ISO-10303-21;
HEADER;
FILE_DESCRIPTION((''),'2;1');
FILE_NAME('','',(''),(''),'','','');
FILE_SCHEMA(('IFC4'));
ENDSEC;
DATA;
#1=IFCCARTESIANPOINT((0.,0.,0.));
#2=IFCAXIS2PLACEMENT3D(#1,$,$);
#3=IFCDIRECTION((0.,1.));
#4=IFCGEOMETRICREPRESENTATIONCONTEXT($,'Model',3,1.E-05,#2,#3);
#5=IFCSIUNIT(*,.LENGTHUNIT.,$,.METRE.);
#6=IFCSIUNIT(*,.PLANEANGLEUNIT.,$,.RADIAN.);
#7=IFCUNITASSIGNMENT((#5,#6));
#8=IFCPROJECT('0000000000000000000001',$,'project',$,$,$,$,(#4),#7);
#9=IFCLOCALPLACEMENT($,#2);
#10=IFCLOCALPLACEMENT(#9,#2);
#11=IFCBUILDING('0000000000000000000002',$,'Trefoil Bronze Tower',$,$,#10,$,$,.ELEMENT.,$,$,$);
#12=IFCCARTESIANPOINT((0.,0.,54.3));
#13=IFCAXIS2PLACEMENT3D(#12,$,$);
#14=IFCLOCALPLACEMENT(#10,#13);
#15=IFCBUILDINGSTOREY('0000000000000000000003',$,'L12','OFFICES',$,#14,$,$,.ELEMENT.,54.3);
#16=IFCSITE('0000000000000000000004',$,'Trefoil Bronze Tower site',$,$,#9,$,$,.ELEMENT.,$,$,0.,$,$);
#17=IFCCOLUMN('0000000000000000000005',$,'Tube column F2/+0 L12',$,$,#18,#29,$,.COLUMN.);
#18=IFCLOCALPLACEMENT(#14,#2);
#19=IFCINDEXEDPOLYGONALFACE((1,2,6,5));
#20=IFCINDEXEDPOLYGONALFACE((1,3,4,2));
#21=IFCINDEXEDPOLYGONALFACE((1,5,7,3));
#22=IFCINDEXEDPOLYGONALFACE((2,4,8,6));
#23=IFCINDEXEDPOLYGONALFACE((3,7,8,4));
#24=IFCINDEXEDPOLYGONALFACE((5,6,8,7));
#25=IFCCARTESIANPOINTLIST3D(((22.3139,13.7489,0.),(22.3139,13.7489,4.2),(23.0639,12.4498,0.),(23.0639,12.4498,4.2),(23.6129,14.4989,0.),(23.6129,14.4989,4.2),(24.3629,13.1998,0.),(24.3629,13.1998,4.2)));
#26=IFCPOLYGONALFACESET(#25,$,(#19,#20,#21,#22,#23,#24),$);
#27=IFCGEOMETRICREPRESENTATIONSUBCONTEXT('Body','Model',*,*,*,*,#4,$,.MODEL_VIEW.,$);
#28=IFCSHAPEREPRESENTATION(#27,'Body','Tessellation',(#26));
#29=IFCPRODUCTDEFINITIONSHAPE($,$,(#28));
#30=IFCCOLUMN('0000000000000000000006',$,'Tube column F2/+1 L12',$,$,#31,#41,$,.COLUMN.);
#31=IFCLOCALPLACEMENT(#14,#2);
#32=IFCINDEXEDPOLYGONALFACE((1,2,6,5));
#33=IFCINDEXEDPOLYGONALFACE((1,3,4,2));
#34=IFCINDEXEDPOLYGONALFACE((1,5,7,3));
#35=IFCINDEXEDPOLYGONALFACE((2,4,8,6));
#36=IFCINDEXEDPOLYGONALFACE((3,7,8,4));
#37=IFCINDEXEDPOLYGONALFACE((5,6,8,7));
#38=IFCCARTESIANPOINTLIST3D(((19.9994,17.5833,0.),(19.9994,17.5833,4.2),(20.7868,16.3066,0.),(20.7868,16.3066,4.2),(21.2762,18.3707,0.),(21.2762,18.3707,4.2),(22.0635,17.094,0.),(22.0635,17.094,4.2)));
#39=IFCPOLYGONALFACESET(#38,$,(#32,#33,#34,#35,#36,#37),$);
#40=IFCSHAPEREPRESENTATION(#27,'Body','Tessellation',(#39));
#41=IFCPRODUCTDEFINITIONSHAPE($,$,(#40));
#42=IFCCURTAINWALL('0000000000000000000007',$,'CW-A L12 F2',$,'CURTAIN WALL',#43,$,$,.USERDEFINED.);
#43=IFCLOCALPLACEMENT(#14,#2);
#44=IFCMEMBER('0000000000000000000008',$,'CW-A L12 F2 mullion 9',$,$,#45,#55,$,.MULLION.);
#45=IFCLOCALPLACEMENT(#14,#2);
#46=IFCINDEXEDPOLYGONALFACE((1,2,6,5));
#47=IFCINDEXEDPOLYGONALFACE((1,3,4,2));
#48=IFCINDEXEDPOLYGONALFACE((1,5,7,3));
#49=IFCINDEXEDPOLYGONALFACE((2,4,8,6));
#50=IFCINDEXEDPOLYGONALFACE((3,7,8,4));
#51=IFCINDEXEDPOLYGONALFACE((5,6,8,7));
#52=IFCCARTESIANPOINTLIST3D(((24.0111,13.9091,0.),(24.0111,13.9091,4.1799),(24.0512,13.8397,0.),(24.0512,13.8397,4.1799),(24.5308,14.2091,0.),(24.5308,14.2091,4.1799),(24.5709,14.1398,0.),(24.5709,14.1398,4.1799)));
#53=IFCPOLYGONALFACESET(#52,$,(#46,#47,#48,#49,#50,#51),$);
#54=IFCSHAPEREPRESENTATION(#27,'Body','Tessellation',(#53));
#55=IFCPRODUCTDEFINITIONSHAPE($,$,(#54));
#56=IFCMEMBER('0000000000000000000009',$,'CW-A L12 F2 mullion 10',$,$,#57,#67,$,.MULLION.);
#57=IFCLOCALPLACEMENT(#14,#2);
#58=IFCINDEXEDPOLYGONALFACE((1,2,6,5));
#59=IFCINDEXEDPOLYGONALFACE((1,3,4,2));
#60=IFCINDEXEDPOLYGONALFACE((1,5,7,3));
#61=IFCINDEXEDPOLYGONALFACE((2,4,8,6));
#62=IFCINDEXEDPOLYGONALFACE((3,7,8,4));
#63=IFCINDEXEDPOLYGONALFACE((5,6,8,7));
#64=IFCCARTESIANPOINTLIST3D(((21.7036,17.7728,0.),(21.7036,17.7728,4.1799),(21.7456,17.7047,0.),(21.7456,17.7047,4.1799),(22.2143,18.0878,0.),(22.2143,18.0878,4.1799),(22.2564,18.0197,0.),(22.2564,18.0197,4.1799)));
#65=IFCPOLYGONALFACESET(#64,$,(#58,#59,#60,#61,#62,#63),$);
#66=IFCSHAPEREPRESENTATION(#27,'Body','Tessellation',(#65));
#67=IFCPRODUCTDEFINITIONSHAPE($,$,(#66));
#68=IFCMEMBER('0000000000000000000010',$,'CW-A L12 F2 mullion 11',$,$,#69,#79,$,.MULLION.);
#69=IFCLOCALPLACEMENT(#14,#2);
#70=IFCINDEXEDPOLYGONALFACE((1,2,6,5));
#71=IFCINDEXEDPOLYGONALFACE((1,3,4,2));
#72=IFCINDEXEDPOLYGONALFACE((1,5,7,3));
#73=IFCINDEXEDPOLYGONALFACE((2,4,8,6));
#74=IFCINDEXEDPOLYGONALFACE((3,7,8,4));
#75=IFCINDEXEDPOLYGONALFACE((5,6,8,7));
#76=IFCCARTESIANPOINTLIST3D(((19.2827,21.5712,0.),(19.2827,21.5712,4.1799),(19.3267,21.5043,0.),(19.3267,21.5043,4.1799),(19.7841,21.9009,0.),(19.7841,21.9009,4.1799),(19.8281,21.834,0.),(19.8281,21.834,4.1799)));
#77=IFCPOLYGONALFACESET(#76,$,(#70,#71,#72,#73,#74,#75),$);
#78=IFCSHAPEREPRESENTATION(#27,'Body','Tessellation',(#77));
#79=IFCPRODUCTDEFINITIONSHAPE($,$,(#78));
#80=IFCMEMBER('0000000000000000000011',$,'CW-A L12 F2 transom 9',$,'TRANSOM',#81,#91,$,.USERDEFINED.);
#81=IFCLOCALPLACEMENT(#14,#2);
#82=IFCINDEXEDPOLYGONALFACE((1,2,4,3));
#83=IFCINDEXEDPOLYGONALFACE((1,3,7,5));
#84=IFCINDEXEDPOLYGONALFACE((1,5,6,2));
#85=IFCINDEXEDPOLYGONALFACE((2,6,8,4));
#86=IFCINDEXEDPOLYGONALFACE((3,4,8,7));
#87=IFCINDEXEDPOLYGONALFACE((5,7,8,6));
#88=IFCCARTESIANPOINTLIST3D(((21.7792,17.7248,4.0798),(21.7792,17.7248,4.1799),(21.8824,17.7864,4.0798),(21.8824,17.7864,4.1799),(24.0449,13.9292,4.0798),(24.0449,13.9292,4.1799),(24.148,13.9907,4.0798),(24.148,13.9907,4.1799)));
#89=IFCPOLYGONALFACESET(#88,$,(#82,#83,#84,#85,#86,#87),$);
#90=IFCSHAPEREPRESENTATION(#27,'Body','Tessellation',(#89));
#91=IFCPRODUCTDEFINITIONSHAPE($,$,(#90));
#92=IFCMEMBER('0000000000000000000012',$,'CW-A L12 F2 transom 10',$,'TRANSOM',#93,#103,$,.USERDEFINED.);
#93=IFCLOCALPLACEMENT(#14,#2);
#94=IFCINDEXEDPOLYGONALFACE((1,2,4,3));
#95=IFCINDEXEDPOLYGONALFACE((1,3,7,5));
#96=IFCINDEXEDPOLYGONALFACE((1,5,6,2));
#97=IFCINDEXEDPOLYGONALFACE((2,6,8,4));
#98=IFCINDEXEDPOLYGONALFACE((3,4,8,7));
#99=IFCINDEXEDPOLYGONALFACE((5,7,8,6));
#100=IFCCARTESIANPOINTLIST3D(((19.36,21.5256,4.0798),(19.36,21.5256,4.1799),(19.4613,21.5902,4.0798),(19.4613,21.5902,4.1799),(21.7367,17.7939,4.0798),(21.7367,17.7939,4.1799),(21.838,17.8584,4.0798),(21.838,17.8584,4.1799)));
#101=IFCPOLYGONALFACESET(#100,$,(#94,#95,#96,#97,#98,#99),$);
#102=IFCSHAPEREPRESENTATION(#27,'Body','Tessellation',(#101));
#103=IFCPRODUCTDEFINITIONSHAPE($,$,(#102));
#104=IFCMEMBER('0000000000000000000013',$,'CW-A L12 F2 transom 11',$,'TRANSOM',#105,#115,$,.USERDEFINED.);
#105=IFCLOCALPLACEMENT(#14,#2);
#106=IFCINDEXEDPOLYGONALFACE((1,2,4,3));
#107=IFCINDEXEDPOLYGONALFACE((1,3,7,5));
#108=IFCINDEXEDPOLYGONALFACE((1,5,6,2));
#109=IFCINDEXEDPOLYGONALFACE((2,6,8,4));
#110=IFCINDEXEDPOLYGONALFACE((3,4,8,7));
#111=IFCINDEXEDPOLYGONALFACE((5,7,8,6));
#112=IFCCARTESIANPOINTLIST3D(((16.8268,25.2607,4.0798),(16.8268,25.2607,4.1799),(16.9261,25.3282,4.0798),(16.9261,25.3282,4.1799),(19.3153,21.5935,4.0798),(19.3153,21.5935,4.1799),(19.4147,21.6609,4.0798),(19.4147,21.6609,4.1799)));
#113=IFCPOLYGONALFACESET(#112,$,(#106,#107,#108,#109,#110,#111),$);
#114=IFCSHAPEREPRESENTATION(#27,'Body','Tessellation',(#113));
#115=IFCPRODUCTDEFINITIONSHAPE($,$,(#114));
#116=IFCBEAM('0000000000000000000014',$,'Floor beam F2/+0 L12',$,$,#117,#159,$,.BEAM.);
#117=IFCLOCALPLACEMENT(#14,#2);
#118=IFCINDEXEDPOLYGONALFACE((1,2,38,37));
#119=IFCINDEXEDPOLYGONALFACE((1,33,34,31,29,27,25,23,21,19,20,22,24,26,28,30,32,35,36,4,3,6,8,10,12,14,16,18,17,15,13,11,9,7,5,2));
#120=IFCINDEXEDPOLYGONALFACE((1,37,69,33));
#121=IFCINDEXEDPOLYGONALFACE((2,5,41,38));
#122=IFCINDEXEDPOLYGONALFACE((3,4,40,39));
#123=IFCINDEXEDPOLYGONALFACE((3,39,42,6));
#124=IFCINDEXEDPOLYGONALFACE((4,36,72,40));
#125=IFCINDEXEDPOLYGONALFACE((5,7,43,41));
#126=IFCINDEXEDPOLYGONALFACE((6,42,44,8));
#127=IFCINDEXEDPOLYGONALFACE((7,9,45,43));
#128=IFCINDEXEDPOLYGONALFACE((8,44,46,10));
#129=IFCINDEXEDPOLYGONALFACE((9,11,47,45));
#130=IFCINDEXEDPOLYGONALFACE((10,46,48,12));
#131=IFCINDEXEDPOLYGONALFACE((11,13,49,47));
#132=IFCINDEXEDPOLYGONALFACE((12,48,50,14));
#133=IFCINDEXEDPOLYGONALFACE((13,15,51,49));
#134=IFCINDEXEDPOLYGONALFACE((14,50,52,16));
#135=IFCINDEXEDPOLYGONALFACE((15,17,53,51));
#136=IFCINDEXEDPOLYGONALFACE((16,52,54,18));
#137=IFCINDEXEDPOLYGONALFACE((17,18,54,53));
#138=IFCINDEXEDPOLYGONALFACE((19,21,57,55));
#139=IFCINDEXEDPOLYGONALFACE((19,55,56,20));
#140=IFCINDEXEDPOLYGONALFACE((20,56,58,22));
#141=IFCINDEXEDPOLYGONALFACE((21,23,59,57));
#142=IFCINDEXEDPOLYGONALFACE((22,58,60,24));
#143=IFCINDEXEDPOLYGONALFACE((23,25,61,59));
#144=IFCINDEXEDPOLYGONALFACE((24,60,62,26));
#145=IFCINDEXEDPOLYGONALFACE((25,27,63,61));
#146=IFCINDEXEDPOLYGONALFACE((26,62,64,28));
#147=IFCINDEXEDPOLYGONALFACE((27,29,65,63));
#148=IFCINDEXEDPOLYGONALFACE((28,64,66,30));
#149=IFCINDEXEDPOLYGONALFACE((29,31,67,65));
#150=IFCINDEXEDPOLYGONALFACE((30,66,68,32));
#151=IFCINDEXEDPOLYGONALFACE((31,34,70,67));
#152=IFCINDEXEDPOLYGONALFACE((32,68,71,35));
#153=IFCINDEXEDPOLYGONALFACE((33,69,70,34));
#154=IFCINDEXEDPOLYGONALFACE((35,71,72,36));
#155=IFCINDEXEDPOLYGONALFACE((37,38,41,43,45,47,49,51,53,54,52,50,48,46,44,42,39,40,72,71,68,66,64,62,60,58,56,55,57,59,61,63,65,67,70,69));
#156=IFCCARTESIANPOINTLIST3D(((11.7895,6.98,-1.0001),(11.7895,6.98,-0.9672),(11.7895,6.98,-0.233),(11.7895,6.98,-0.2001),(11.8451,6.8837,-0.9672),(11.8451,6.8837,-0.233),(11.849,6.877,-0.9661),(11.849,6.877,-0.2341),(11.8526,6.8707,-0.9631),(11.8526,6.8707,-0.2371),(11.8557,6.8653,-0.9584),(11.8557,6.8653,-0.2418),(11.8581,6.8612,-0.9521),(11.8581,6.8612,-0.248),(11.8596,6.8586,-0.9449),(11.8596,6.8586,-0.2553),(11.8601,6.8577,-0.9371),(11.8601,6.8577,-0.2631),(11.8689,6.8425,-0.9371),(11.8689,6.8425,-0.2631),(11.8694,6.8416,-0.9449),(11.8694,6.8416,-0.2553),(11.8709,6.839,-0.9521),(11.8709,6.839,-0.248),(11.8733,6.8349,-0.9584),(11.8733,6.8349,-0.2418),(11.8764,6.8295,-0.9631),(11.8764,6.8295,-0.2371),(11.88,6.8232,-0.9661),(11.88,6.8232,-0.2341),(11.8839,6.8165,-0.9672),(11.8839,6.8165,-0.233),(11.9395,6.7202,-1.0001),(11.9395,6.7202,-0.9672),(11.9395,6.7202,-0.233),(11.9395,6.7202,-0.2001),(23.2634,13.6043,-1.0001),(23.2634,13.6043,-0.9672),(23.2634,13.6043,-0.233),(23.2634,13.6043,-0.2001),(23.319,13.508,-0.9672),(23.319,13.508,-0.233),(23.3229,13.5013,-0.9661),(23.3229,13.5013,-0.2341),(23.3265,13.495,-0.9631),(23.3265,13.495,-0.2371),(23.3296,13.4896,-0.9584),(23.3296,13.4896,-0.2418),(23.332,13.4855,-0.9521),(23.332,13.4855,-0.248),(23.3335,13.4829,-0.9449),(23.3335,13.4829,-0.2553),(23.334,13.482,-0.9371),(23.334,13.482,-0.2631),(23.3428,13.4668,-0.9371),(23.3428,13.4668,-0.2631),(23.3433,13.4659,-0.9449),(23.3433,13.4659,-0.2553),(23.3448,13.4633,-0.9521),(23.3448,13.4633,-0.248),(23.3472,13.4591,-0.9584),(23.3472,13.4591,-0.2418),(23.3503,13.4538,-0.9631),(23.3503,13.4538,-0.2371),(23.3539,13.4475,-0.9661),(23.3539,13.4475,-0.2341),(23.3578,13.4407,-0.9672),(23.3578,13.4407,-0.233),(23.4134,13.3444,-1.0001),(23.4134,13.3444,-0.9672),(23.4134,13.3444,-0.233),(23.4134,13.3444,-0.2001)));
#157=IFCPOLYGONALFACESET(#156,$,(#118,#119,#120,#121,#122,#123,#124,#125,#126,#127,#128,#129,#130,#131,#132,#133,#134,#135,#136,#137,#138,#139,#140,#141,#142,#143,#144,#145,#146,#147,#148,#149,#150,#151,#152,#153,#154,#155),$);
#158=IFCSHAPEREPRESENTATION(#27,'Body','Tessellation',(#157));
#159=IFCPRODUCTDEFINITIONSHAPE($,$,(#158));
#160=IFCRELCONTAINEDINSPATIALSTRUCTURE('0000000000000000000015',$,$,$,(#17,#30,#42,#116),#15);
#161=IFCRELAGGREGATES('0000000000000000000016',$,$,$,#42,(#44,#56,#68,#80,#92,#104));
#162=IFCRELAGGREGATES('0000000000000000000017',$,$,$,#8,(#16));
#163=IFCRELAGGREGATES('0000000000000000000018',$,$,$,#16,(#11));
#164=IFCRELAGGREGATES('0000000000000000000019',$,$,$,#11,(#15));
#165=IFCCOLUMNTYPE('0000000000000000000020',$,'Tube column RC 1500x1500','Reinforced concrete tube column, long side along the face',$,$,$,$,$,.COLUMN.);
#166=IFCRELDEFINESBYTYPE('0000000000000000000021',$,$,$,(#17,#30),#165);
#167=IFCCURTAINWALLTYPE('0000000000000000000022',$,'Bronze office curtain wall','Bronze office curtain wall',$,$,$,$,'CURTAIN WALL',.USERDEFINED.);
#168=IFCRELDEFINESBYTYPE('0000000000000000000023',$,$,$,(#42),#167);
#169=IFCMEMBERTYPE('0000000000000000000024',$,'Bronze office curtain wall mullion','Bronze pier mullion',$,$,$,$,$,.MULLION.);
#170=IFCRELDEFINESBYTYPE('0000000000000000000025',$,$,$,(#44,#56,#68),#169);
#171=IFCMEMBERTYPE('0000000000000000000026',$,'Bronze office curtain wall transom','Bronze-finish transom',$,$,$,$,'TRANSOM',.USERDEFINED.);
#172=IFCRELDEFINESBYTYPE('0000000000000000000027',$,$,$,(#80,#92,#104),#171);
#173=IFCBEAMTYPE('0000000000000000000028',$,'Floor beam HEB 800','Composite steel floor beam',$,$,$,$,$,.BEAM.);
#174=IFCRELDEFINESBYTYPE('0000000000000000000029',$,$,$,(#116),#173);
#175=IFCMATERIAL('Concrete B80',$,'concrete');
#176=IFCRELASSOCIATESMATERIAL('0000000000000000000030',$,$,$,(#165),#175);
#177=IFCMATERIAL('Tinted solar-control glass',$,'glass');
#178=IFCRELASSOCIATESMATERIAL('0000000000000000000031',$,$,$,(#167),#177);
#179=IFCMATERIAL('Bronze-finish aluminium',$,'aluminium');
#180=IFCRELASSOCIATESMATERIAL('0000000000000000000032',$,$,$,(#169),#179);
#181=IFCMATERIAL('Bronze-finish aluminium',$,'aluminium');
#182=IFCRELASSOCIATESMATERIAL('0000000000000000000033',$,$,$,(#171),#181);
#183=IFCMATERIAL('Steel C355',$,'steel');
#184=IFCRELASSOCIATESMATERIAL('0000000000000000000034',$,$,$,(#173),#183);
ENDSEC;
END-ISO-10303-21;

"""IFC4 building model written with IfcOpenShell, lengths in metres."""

from ifc_helpers import new_model, si_unit, direction, frame, origin, origin_2d, place, context, subcontext, project, spatial, rectangle, i_section, extrude, material, material_profile, profile_set, type_object, element, aggregate, save


model = new_model("IFC4")

# Units and contexts
model_context = context("Model", 3, precision=1e-05, world=origin(), true_north=direction((0.0, 1.0)))
body_context = subcontext(model_context, "Body", "Model", "MODEL_VIEW")
ifc_project = project(units=[si_unit("LENGTHUNIT", "METRE"), si_unit("PLANEANGLEUNIT", "RADIAN")], contexts=[model_context])

# Site, building, storey
site_placement = place(None, origin())
site = spatial("IfcSite", under=ifc_project, at=site_placement, Name="Trefoil Bronze Tower site", CompositionType="ELEMENT", RefElevation=0.0)
building_placement = place(site_placement, origin())
building = spatial("IfcBuilding", under=site, at=building_placement, Name="Trefoil Bronze Tower", CompositionType="ELEMENT")
storey_placement = place(building_placement, frame((0.0, 0.0, 54.3)))
storey = spatial("IfcBuildingStorey", under=building, at=storey_placement, Name="L12", Description="OFFICES", CompositionType="ELEMENT", Elevation=54.3)

# Columns
ifc_material_1 = material(Name="Concrete B80", Category="concrete")
ifc_material_profile_1 = material_profile(ifc_material_1, rectangle(XDim=1.5, YDim=1.5, at=origin_2d()), Name="RC 1500x1500")
ifc_profile_set_1 = profile_set([ifc_material_profile_1], Name="Concrete B80")
column_type = type_object("IfcColumnType", Name="Tube column RC 1500x1500", Description="Reinforced concrete tube column, long side along the face", PredefinedType="COLUMN", material=ifc_profile_set_1)
for number, where, z_axis, x_axis, name in (
    (1, (23.3384, 13.4744, 0.0), (0.0, 0.0, 1.0), (-0.5, 0.866025, 0.0), "Tube column F2/+0 L12"),
    (2, (21.0315, 17.3386, 0.0), (0.0, 0.0, 1.0), (-0.524923, 0.85115, 0.0), "Tube column F2/+1 L12"),
):
    element("IfcColumn", number, at=place(storey_placement, frame(where, z_axis=z_axis, x_axis=x_axis)), inside=storey, type_object=column_type, Name=name, PredefinedType="COLUMN", context=body_context, shape_type="SweptSolid", body=[
        extrude(rectangle(XDim=1.5, YDim=1.5, at=origin_2d()), origin(), (0.0, 0.0, 1.0), 4.2),
    ])

# Curtain wall, members
ifc_material_2 = material(Name="Tinted solar-control glass", Category="glass")
curtain_wall_type = type_object("IfcCurtainWallType", Name="Bronze office curtain wall", Description="Bronze office curtain wall", ElementType="CURTAIN WALL", PredefinedType="USERDEFINED", material=ifc_material_2)
curtain_wall_placement = place(storey_placement, origin())
curtain_wall = element("IfcCurtainWall", 3, at=curtain_wall_placement, inside=storey, type_object=curtain_wall_type, Name="CW-A L12 F2", ObjectType="CURTAIN WALL", PredefinedType="USERDEFINED")
ifc_material_3 = material(Name="Bronze-finish aluminium", Category="aluminium")
ifc_material_profile_2 = material_profile(ifc_material_3, rectangle(XDim=0.6001, YDim=0.0801, at=origin_2d()), Name="CW-A mullion")
ifc_profile_set_2 = profile_set([ifc_material_profile_2], Name="Bronze-finish aluminium")
member_type_1 = type_object("IfcMemberType", Name="Bronze office curtain wall mullion", Description="Bronze pier mullion", PredefinedType="MULLION", material=ifc_profile_set_2)
member_1_placement = place(storey_placement, frame((24.291, 14.0244, 0.0), z_axis=(0.0, 0.0, 1.0), x_axis=(-0.866025, -0.5, 0.0)))
member_1 = element("IfcMember", 4, at=member_1_placement, type_object=member_type_1, Name="CW-A L12 F2 mullion 9", PredefinedType="MULLION", context=body_context, shape_type="SweptSolid", body=[
    extrude(rectangle(XDim=0.6001, YDim=0.0801, at=origin_2d()), origin(), (0.0, 0.0, 1.0), 4.1799),
])
member_2_placement = place(storey_placement, frame((21.98, 17.8962, 0.0), z_axis=(0.0, 0.0, 1.0), x_axis=(-0.85115, -0.524923, 0.0)))
member_2 = element("IfcMember", 5, at=member_2_placement, type_object=member_type_1, Name="CW-A L12 F2 mullion 10", PredefinedType="MULLION", context=body_context, shape_type="SweptSolid", body=[
    extrude(rectangle(XDim=0.6001, YDim=0.0801, at=origin_2d()), origin(), (0.0, 0.0, 1.0), 4.1799),
])
member_3_placement = place(storey_placement, frame((19.5554, 21.7026, 0.0), z_axis=(0.0, 0.0, 1.0), x_axis=(-0.835544, -0.549424, 0.0)))
member_3 = element("IfcMember", 6, at=member_3_placement, type_object=member_type_1, Name="CW-A L12 F2 mullion 11", PredefinedType="MULLION", context=body_context, shape_type="SweptSolid", body=[
    extrude(rectangle(XDim=0.6001, YDim=0.0801, at=origin_2d()), origin(), (0.0, 0.0, 1.0), 4.1799),
])
ifc_material_4 = material(Name="Bronze-finish aluminium", Category="aluminium")
ifc_material_profile_3 = material_profile(ifc_material_4, rectangle(XDim=0.1201, YDim=0.1001, at=origin_2d()), Name="CW-A transom")
ifc_profile_set_3 = profile_set([ifc_material_profile_3], Name="Bronze-finish aluminium")
member_type_2 = type_object("IfcMemberType", Name="Bronze office curtain wall transom", Description="Bronze-finish transom", ElementType="TRANSOM", PredefinedType="USERDEFINED", material=ifc_profile_set_3)
member_4_placement = place(storey_placement, frame((24.0964, 13.96, 4.1299), z_axis=(-0.512537, 0.858665, 0.0), x_axis=(-0.858665, -0.512537, 0.0)))
member_4 = element("IfcMember", 7, at=member_4_placement, type_object=member_type_2, Name="CW-A L12 F2 transom 9", ObjectType="TRANSOM", PredefinedType="USERDEFINED", context=body_context, shape_type="SweptSolid", body=[
    extrude(rectangle(XDim=0.1201, YDim=0.1001, at=origin_2d()), origin(), (0.0, 0.0, 1.0), 4.4204),
])
member_5_placement = place(storey_placement, frame((21.7874, 17.8262, 4.1299), z_axis=(-0.537197, 0.843457, 0.0), x_axis=(-0.843457, -0.537197, 0.0)))
member_5 = element("IfcMember", 8, at=member_5_placement, type_object=member_type_2, Name="CW-A L12 F2 transom 10", ObjectType="TRANSOM", PredefinedType="USERDEFINED", context=body_context, shape_type="SweptSolid", body=[
    extrude(rectangle(XDim=0.1201, YDim=0.1001, at=origin_2d()), origin(), (0.0, 0.0, 1.0), 4.4243),
])
member_6_placement = place(storey_placement, frame((19.365, 21.6272, 4.1299), z_axis=(-0.561508, 0.827471, 0.0), x_axis=(-0.827471, -0.561508, 0.0)))
member_6 = element("IfcMember", 9, at=member_6_placement, type_object=member_type_2, Name="CW-A L12 F2 transom 11", ObjectType="TRANSOM", PredefinedType="USERDEFINED", context=body_context, shape_type="SweptSolid", body=[
    extrude(rectangle(XDim=0.1201, YDim=0.1001, at=origin_2d()), origin(), (0.0, 0.0, 1.0), 4.4319),
])

# Beam
ifc_material_5 = material(Name="Steel C355", Category="steel")
ifc_material_profile_4 = material_profile(ifc_material_5, i_section(OverallWidth=0.3, OverallDepth=0.8, WebThickness=0.0176, FlangeThickness=0.033, FilletRadius=0.03, at=origin_2d()), Name="HEB 800")
ifc_profile_set_4 = profile_set([ifc_material_profile_4], Name="Steel C355")
beam_type_1 = type_object("IfcBeamType", Name="Floor beam HEB 800", Description="Composite steel floor beam", PredefinedType="BEAM", material=ifc_profile_set_4)
beam_1_placement = place(storey_placement, frame((23.3384, 13.4744, -0.6001), z_axis=(-0.866031, -0.49999, 0.0), x_axis=(0.49999, -0.866031, 0.0)))
element("IfcBeam", 10, at=beam_1_placement, inside=storey, type_object=beam_type_1, Name="Floor beam F2/+0 L12", PredefinedType="BEAM", context=body_context, shape_type="SweptSolid", body=[
    extrude(i_section(OverallWidth=0.3, OverallDepth=0.8, WebThickness=0.0176, FlangeThickness=0.033, FilletRadius=0.03, at=origin_2d()), origin(), (0.0, 0.0, 1.0), 13.2488),
])

aggregate(curtain_wall, [member_1, member_2, member_3, member_4, member_5, member_6])

save(model, "model.ifc")
